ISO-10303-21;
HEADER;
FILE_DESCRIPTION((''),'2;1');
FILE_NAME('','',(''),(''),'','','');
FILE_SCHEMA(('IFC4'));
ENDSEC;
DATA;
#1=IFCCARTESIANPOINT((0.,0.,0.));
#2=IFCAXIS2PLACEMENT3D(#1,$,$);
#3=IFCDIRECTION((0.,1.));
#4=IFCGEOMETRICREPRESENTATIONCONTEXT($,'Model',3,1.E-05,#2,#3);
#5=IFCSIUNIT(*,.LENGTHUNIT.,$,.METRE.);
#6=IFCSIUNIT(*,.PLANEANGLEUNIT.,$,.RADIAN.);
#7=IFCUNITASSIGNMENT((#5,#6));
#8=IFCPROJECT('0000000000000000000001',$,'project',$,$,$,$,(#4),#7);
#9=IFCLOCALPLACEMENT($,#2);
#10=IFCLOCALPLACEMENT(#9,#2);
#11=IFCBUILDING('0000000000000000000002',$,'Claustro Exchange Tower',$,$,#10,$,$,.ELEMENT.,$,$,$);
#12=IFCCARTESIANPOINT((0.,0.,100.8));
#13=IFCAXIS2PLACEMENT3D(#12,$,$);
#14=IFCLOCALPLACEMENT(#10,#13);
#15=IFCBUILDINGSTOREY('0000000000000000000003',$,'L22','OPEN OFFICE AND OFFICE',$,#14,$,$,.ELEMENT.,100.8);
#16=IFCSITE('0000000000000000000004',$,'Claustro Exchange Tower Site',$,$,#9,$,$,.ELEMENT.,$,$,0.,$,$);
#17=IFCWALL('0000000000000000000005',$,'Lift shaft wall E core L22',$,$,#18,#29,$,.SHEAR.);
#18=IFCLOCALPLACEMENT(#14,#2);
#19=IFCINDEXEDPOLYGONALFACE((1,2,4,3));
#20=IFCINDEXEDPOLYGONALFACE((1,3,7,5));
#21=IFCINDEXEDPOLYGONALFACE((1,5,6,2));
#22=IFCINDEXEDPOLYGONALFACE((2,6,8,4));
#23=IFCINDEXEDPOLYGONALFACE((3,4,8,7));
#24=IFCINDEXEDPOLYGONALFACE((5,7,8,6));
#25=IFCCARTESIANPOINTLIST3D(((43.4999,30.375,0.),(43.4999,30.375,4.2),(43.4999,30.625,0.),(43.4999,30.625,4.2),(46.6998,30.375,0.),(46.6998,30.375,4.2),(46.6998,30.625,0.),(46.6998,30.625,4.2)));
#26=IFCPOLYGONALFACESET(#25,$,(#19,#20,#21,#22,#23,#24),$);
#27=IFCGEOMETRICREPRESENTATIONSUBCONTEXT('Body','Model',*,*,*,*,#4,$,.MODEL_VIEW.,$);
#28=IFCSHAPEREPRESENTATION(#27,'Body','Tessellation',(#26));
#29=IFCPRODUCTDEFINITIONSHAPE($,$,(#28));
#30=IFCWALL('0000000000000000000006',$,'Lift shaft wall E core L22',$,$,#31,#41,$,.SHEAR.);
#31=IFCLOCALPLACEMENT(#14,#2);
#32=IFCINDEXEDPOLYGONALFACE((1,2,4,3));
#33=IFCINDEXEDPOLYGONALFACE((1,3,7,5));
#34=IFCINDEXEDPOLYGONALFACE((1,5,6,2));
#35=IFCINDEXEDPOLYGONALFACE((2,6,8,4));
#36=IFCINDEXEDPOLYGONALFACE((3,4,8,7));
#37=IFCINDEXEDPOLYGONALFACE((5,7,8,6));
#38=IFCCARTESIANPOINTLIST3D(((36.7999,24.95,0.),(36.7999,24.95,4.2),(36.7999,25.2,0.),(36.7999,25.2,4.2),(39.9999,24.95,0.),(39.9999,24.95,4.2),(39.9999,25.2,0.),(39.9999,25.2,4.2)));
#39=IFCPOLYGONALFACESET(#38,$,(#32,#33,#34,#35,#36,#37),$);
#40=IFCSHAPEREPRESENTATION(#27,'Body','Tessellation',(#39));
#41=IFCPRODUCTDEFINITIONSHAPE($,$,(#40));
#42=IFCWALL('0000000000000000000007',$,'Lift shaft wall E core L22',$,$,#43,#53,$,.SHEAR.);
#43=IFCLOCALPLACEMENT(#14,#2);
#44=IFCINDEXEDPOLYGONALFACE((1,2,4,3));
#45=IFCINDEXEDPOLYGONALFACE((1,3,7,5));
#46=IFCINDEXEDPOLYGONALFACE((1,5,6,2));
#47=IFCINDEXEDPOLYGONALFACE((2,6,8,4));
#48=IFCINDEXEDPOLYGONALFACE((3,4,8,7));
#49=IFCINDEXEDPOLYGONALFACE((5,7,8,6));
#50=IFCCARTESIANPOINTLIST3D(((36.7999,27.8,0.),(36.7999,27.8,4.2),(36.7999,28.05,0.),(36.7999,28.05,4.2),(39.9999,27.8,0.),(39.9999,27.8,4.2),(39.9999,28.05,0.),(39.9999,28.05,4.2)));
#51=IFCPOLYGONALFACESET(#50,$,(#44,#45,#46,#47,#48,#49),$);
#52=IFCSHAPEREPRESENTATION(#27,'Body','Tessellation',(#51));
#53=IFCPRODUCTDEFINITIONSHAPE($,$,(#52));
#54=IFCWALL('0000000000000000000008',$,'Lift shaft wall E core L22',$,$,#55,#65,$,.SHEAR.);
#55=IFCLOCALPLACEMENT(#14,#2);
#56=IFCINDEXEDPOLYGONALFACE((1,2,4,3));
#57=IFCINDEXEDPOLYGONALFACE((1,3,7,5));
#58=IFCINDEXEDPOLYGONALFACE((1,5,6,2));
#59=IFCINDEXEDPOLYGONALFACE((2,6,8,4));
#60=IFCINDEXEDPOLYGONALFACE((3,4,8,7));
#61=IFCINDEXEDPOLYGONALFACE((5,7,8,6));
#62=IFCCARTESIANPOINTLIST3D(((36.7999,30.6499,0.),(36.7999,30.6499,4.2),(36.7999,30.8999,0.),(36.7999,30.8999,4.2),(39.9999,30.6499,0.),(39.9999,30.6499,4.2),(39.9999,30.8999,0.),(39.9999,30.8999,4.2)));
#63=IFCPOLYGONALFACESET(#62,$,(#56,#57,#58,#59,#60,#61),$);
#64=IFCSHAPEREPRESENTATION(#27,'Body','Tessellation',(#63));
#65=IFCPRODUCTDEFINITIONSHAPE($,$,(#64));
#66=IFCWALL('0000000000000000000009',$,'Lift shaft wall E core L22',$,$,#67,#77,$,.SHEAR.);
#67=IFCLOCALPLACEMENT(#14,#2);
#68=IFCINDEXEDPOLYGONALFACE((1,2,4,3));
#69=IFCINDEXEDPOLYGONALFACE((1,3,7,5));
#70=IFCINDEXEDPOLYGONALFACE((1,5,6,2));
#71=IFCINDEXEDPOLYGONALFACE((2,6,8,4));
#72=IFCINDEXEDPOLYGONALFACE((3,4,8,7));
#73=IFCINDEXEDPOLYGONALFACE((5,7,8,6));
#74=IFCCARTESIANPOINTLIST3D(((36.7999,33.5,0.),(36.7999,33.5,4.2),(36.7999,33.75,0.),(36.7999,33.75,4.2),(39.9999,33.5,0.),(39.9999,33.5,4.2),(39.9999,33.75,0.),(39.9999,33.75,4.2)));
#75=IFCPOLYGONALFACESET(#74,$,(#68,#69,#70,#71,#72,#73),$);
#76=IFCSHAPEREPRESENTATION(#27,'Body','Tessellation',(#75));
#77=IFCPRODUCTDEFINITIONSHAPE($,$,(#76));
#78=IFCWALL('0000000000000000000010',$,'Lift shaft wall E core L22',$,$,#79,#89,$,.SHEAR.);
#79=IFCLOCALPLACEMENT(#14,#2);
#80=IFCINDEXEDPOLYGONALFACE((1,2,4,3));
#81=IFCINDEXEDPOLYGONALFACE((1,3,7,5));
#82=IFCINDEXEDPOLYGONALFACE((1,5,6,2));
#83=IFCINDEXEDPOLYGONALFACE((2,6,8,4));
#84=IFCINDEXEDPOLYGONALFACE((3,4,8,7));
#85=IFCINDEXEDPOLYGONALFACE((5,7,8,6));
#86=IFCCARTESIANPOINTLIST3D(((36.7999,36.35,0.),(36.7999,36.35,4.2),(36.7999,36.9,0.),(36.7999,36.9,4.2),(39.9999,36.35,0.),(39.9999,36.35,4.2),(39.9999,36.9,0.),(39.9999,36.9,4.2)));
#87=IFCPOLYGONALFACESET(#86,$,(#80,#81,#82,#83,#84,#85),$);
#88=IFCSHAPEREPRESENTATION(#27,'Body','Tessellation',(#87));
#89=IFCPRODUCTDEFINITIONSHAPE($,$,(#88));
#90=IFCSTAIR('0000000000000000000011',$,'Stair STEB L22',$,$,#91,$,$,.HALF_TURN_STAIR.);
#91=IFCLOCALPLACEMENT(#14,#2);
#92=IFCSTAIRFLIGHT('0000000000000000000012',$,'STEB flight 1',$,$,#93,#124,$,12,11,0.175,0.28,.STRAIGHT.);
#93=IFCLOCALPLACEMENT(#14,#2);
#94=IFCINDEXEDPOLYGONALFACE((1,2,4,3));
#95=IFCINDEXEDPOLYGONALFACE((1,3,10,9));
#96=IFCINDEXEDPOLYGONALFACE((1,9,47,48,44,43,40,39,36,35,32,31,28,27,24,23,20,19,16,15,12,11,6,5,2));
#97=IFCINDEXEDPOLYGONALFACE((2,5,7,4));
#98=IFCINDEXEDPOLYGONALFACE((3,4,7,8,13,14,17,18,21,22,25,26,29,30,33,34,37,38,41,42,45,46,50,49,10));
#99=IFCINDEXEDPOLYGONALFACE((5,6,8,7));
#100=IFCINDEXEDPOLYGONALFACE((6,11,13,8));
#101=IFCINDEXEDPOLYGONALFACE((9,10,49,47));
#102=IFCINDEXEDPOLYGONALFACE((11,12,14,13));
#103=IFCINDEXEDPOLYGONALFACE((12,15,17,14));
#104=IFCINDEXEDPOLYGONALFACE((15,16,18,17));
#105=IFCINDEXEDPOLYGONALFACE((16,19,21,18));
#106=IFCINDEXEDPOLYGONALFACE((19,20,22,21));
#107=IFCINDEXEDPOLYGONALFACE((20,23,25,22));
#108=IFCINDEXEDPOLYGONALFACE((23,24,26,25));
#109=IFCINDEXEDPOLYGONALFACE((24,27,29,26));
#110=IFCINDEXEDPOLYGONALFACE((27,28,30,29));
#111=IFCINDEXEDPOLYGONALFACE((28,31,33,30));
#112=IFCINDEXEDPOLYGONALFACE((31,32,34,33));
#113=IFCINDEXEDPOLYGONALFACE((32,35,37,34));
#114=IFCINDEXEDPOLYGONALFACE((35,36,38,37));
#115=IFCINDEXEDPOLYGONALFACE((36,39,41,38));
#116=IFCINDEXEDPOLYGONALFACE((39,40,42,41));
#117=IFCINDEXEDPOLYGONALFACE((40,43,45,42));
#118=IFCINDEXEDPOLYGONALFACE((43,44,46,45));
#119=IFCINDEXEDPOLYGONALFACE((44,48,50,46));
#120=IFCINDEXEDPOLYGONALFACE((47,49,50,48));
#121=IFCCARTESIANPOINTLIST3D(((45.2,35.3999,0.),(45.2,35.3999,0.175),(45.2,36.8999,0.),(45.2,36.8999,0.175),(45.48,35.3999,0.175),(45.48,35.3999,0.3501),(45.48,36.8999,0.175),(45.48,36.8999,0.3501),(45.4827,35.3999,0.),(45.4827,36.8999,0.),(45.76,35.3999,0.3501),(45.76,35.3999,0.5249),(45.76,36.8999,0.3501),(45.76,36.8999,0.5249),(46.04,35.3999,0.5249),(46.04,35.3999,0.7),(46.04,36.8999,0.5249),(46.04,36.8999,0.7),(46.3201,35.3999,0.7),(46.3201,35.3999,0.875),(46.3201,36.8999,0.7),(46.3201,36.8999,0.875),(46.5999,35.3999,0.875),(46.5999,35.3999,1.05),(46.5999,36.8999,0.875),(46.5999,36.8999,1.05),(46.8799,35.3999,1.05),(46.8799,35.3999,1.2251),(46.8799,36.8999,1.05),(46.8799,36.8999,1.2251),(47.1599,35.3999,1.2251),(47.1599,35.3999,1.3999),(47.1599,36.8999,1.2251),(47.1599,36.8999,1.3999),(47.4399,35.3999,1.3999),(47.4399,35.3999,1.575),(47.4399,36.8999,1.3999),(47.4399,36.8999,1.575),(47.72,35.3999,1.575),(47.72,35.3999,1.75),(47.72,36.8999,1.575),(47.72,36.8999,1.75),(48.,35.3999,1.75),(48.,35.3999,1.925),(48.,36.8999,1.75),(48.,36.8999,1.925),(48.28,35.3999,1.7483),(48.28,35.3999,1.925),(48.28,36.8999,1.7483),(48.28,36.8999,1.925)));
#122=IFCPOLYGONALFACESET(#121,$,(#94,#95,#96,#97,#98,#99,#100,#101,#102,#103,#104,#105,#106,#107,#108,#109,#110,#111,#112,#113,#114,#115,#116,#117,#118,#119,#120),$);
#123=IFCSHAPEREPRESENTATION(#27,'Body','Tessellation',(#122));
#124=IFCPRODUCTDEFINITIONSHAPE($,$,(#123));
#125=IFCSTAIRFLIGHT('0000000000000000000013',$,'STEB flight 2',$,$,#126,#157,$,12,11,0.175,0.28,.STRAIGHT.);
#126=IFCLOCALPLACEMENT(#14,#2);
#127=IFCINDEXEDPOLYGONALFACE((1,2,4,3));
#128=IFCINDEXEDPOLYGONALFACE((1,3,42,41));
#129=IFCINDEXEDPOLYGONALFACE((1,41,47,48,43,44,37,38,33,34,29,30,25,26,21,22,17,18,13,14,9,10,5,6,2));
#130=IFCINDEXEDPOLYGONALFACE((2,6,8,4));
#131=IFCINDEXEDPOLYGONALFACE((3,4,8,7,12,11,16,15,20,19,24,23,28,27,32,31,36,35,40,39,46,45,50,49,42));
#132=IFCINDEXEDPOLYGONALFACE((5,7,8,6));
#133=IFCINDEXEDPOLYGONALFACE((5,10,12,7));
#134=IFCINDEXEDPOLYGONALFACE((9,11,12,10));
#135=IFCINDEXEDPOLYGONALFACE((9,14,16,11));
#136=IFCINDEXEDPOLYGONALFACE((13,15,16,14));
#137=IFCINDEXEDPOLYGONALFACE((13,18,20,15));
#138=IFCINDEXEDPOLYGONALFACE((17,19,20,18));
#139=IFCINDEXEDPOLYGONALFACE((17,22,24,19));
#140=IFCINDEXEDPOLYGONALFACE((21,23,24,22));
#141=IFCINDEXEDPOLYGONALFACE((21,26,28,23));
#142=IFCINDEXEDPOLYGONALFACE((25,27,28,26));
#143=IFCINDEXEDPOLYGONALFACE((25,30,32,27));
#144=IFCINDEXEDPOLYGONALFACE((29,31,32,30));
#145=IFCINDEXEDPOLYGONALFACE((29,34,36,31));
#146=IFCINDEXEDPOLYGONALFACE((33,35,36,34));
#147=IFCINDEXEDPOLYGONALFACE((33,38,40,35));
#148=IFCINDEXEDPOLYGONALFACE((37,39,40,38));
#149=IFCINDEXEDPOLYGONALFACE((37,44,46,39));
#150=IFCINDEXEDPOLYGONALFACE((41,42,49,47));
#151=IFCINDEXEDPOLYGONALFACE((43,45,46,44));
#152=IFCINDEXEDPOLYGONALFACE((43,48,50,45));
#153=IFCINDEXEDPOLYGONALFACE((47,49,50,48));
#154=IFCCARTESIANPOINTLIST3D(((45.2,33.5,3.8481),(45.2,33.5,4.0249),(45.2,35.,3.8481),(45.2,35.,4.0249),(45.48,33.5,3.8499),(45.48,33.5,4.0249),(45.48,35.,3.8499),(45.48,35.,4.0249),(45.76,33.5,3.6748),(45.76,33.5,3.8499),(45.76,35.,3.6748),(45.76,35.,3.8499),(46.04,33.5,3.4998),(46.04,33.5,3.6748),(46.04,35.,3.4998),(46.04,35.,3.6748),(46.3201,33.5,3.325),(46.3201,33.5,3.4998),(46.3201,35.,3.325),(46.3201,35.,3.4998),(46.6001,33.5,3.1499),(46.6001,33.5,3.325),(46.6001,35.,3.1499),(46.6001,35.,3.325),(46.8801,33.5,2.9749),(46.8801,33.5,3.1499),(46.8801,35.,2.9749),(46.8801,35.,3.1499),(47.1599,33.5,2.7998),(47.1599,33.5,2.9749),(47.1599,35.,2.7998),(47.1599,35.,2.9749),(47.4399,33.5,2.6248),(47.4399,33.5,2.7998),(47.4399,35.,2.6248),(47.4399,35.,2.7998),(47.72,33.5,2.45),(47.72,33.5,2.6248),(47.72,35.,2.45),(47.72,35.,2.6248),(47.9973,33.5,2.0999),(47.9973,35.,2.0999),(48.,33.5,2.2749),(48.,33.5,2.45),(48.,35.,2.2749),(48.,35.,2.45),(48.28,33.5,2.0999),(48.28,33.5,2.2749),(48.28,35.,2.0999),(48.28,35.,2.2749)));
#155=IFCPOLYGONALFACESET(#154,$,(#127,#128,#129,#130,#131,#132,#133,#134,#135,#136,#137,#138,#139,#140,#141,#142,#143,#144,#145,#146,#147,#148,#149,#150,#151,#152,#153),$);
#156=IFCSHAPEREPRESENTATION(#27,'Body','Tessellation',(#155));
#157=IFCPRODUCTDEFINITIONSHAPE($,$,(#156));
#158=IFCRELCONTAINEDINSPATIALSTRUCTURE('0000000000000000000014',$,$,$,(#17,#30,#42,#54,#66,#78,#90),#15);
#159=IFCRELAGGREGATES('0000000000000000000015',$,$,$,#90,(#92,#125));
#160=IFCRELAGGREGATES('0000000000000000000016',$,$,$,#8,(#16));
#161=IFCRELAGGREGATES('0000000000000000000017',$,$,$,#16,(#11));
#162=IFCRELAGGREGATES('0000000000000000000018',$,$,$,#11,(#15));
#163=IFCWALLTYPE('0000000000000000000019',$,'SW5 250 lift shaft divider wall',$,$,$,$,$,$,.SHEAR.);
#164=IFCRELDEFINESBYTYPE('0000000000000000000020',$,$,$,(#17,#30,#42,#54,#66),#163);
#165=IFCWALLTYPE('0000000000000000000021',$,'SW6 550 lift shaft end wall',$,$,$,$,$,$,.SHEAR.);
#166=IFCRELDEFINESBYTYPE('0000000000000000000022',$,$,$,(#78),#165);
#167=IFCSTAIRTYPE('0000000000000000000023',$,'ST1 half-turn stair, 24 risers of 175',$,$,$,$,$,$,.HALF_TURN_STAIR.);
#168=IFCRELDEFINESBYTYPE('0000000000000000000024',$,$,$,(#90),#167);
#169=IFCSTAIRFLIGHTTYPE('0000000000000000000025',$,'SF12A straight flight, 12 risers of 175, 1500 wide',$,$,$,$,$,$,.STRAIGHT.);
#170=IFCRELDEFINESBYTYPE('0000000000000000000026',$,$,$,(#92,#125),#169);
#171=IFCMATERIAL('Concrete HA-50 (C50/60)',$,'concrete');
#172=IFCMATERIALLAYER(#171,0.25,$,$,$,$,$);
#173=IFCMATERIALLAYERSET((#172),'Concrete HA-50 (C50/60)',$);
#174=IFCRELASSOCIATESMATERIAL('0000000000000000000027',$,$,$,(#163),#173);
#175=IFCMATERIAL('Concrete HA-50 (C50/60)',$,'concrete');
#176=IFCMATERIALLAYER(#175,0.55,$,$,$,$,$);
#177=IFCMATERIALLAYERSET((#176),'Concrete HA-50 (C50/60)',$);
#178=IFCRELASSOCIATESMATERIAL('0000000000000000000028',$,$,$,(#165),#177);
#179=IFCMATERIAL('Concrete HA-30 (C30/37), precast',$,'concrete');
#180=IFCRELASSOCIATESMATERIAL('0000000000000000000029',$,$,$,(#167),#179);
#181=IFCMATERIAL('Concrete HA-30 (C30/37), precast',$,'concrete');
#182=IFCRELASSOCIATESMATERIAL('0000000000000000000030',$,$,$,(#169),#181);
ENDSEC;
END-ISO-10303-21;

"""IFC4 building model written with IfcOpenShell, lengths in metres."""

from ifc_helpers import new_model, si_unit, direction, frame, frame_2d, origin, place, context, subcontext, project, spatial, polyline, rectangle, outline, extrude, material, layer, layer_set, type_object, element, aggregate, save


model = new_model("IFC4")

# Units and contexts
model_context = context("Model", 3, precision=1e-05, world=origin(), true_north=direction((0.0, 1.0)))
body_context = subcontext(model_context, "Body", "Model", "MODEL_VIEW")
ifc_project = project(units=[si_unit("LENGTHUNIT", "METRE"), si_unit("PLANEANGLEUNIT", "RADIAN")], contexts=[model_context])

# Site, building, storey
site_placement = place(None, origin())
site = spatial("IfcSite", under=ifc_project, at=site_placement, Name="Claustro Exchange Tower Site", CompositionType="ELEMENT", RefElevation=0.0)
building_placement = place(site_placement, origin())
building = spatial("IfcBuilding", under=site, at=building_placement, Name="Claustro Exchange Tower", CompositionType="ELEMENT")
storey_placement = place(building_placement, frame((0.0, 0.0, 100.8)))
storey = spatial("IfcBuildingStorey", under=building, at=storey_placement, Name="L22", Description="OPEN OFFICE AND OFFICE", CompositionType="ELEMENT", Elevation=100.8)

# Walls
ifc_material_1 = material(Name="Concrete HA-50 (C50/60)", Category="concrete")
ifc_layer_1 = layer(ifc_material_1, 0.25)
ifc_layer_set_1 = layer_set([ifc_layer_1], Name="Concrete HA-50 (C50/60)")
wall_type_1 = type_object("IfcWallType", Name="SW5 250 lift shaft divider wall", PredefinedType="SHEAR", material=ifc_layer_set_1)
for number, where, z_axis, x_axis, name in (
    (1, (46.7, 30.5, 0.0), (0.0, 0.0, 1.0), (-1.0, 0.0, 0.0), "Lift shaft wall E core L22"),
    (2, (40.0, 25.075, 0.0), (0.0, 0.0, 1.0), (-1.0, 0.0, 0.0), "Lift shaft wall E core L22"),
    (3, (40.0, 27.925, 0.0), (0.0, 0.0, 1.0), (-1.0, 0.0, 0.0), "Lift shaft wall E core L22"),
    (4, (40.0, 30.7749, 0.0), (0.0, 0.0, 1.0), (-1.0, 0.0, 0.0), "Lift shaft wall E core L22"),
    (5, (40.0, 33.625, 0.0), (0.0, 0.0, 1.0), (-1.0, 0.0, 0.0), "Lift shaft wall E core L22"),
):
    element("IfcWall", number, at=place(storey_placement, frame(where, z_axis=z_axis, x_axis=x_axis)), inside=storey, type_object=wall_type_1, Name=name, PredefinedType="SHEAR", context=body_context, shape_type="SweptSolid", body=[
        extrude(rectangle(XDim=3.2, YDim=0.25, at=frame_2d((1.6001, 0.0))), origin(), (0.0, 0.0, 1.0), 4.2),
    ])
ifc_material_2 = material(Name="Concrete HA-50 (C50/60)", Category="concrete")
ifc_layer_2 = layer(ifc_material_2, 0.55)
ifc_layer_set_2 = layer_set([ifc_layer_2], Name="Concrete HA-50 (C50/60)")
wall_type_2 = type_object("IfcWallType", Name="SW6 550 lift shaft end wall", PredefinedType="SHEAR", material=ifc_layer_set_2)
wall_1_placement = place(storey_placement, frame((40.0, 36.625, 0.0), z_axis=(0.0, 0.0, 1.0), x_axis=(-1.0, 0.0, 0.0)))
element("IfcWall", 6, at=wall_1_placement, inside=storey, type_object=wall_type_2, Name="Lift shaft wall E core L22", PredefinedType="SHEAR", context=body_context, shape_type="SweptSolid", body=[
    extrude(rectangle(XDim=3.2, YDim=0.55, at=frame_2d((1.6001, 0.0))), origin(), (0.0, 0.0, 1.0), 4.2),
])

# Stair, stair flights
ifc_material_3 = material(Name="Concrete HA-30 (C30/37), precast", Category="concrete")
stair_type = type_object("IfcStairType", Name="ST1 half-turn stair, 24 risers of 175", PredefinedType="HALF_TURN_STAIR", material=ifc_material_3)
stair_placement = place(storey_placement, origin())
stair = element("IfcStair", 7, at=stair_placement, inside=storey, type_object=stair_type, Name="Stair STEB L22", PredefinedType="HALF_TURN_STAIR")
ifc_material_4 = material(Name="Concrete HA-30 (C30/37), precast", Category="concrete")
stair_flight_type = type_object("IfcStairFlightType", Name="SF12A straight flight, 12 risers of 175, 1500 wide", PredefinedType="STRAIGHT", material=ifc_material_4)
stair_flight_1_placement = place(storey_placement, frame((45.2, 36.1499, 0.0), z_axis=(0.0, 0.0, 1.0), x_axis=(1.0, 0.0, 0.0)))
stair_flight_1 = element("IfcStairFlight", 8, at=stair_flight_1_placement, type_object=stair_flight_type, Name="STEB flight 1", NumberOfRisers=12, NumberOfTreads=11, PredefinedType="STRAIGHT", RiserHeight=0.175, TreadLength=0.28, context=body_context, shape_type="SweptSolid", body=[
    extrude(outline(polyline([(0.0, 0.0), (0.0, 0.175), (0.28, 0.175), (0.28, 0.3501), (0.5601, 0.3501), (0.5601, 0.5249), (0.8401, 0.5249), (0.8401, 0.7), (1.1201, 0.7), (1.1201, 0.875), (1.3999, 0.875), (1.3999, 1.05), (1.6799, 1.05), (1.6799, 1.2251), (1.96, 1.2251), (1.96, 1.3999), (2.24, 1.3999), (2.24, 1.575), (2.52, 1.575), (2.52, 1.75), (2.8, 1.75), (2.8, 1.925), (3.0801, 1.925), (3.0801, 2.1001), (3.0801, 1.7483), (0.2827, 0.0), (0.0, 0.0)])), frame((0.0, 0.75, 0.0), z_axis=(0.0, -1.0, 0.0), x_axis=(1.0, 0.0, 0.0)), (0.0, 0.0, 1.0), 1.5),
])
stair_flight_2_placement = place(storey_placement, frame((48.28, 34.25, 2.0999), z_axis=(0.0, 0.0, 1.0), x_axis=(-1.0, 0.0, 0.0)))
stair_flight_2 = element("IfcStairFlight", 9, at=stair_flight_2_placement, type_object=stair_flight_type, Name="STEB flight 2", NumberOfRisers=12, NumberOfTreads=11, PredefinedType="STRAIGHT", RiserHeight=0.175, TreadLength=0.28, context=body_context, shape_type="SweptSolid", body=[
    extrude(outline(polyline([(0.0, 0.0), (0.0, 0.175), (0.28, 0.175), (0.28, 0.3501), (0.5601, 0.3501), (0.5601, 0.5249), (0.8401, 0.5249), (0.8401, 0.7), (1.1201, 0.7), (1.1201, 0.875), (1.3999, 0.875), (1.3999, 1.05), (1.6799, 1.05), (1.6799, 1.2251), (1.96, 1.2251), (1.96, 1.3999), (2.24, 1.3999), (2.24, 1.575), (2.52, 1.575), (2.52, 1.75), (2.8, 1.75), (2.8, 1.925), (3.0801, 1.925), (3.0801, 2.1001), (3.0801, 1.7483), (0.2827, 0.0), (0.0, 0.0)])), frame((0.0, 0.75, 0.0), z_axis=(0.0, -1.0, 0.0), x_axis=(1.0, 0.0, 0.0)), (0.0, 0.0, 1.0), 1.5),
])
aggregate(stair, [stair_flight_1, stair_flight_2])

save(model, "model.ifc")
